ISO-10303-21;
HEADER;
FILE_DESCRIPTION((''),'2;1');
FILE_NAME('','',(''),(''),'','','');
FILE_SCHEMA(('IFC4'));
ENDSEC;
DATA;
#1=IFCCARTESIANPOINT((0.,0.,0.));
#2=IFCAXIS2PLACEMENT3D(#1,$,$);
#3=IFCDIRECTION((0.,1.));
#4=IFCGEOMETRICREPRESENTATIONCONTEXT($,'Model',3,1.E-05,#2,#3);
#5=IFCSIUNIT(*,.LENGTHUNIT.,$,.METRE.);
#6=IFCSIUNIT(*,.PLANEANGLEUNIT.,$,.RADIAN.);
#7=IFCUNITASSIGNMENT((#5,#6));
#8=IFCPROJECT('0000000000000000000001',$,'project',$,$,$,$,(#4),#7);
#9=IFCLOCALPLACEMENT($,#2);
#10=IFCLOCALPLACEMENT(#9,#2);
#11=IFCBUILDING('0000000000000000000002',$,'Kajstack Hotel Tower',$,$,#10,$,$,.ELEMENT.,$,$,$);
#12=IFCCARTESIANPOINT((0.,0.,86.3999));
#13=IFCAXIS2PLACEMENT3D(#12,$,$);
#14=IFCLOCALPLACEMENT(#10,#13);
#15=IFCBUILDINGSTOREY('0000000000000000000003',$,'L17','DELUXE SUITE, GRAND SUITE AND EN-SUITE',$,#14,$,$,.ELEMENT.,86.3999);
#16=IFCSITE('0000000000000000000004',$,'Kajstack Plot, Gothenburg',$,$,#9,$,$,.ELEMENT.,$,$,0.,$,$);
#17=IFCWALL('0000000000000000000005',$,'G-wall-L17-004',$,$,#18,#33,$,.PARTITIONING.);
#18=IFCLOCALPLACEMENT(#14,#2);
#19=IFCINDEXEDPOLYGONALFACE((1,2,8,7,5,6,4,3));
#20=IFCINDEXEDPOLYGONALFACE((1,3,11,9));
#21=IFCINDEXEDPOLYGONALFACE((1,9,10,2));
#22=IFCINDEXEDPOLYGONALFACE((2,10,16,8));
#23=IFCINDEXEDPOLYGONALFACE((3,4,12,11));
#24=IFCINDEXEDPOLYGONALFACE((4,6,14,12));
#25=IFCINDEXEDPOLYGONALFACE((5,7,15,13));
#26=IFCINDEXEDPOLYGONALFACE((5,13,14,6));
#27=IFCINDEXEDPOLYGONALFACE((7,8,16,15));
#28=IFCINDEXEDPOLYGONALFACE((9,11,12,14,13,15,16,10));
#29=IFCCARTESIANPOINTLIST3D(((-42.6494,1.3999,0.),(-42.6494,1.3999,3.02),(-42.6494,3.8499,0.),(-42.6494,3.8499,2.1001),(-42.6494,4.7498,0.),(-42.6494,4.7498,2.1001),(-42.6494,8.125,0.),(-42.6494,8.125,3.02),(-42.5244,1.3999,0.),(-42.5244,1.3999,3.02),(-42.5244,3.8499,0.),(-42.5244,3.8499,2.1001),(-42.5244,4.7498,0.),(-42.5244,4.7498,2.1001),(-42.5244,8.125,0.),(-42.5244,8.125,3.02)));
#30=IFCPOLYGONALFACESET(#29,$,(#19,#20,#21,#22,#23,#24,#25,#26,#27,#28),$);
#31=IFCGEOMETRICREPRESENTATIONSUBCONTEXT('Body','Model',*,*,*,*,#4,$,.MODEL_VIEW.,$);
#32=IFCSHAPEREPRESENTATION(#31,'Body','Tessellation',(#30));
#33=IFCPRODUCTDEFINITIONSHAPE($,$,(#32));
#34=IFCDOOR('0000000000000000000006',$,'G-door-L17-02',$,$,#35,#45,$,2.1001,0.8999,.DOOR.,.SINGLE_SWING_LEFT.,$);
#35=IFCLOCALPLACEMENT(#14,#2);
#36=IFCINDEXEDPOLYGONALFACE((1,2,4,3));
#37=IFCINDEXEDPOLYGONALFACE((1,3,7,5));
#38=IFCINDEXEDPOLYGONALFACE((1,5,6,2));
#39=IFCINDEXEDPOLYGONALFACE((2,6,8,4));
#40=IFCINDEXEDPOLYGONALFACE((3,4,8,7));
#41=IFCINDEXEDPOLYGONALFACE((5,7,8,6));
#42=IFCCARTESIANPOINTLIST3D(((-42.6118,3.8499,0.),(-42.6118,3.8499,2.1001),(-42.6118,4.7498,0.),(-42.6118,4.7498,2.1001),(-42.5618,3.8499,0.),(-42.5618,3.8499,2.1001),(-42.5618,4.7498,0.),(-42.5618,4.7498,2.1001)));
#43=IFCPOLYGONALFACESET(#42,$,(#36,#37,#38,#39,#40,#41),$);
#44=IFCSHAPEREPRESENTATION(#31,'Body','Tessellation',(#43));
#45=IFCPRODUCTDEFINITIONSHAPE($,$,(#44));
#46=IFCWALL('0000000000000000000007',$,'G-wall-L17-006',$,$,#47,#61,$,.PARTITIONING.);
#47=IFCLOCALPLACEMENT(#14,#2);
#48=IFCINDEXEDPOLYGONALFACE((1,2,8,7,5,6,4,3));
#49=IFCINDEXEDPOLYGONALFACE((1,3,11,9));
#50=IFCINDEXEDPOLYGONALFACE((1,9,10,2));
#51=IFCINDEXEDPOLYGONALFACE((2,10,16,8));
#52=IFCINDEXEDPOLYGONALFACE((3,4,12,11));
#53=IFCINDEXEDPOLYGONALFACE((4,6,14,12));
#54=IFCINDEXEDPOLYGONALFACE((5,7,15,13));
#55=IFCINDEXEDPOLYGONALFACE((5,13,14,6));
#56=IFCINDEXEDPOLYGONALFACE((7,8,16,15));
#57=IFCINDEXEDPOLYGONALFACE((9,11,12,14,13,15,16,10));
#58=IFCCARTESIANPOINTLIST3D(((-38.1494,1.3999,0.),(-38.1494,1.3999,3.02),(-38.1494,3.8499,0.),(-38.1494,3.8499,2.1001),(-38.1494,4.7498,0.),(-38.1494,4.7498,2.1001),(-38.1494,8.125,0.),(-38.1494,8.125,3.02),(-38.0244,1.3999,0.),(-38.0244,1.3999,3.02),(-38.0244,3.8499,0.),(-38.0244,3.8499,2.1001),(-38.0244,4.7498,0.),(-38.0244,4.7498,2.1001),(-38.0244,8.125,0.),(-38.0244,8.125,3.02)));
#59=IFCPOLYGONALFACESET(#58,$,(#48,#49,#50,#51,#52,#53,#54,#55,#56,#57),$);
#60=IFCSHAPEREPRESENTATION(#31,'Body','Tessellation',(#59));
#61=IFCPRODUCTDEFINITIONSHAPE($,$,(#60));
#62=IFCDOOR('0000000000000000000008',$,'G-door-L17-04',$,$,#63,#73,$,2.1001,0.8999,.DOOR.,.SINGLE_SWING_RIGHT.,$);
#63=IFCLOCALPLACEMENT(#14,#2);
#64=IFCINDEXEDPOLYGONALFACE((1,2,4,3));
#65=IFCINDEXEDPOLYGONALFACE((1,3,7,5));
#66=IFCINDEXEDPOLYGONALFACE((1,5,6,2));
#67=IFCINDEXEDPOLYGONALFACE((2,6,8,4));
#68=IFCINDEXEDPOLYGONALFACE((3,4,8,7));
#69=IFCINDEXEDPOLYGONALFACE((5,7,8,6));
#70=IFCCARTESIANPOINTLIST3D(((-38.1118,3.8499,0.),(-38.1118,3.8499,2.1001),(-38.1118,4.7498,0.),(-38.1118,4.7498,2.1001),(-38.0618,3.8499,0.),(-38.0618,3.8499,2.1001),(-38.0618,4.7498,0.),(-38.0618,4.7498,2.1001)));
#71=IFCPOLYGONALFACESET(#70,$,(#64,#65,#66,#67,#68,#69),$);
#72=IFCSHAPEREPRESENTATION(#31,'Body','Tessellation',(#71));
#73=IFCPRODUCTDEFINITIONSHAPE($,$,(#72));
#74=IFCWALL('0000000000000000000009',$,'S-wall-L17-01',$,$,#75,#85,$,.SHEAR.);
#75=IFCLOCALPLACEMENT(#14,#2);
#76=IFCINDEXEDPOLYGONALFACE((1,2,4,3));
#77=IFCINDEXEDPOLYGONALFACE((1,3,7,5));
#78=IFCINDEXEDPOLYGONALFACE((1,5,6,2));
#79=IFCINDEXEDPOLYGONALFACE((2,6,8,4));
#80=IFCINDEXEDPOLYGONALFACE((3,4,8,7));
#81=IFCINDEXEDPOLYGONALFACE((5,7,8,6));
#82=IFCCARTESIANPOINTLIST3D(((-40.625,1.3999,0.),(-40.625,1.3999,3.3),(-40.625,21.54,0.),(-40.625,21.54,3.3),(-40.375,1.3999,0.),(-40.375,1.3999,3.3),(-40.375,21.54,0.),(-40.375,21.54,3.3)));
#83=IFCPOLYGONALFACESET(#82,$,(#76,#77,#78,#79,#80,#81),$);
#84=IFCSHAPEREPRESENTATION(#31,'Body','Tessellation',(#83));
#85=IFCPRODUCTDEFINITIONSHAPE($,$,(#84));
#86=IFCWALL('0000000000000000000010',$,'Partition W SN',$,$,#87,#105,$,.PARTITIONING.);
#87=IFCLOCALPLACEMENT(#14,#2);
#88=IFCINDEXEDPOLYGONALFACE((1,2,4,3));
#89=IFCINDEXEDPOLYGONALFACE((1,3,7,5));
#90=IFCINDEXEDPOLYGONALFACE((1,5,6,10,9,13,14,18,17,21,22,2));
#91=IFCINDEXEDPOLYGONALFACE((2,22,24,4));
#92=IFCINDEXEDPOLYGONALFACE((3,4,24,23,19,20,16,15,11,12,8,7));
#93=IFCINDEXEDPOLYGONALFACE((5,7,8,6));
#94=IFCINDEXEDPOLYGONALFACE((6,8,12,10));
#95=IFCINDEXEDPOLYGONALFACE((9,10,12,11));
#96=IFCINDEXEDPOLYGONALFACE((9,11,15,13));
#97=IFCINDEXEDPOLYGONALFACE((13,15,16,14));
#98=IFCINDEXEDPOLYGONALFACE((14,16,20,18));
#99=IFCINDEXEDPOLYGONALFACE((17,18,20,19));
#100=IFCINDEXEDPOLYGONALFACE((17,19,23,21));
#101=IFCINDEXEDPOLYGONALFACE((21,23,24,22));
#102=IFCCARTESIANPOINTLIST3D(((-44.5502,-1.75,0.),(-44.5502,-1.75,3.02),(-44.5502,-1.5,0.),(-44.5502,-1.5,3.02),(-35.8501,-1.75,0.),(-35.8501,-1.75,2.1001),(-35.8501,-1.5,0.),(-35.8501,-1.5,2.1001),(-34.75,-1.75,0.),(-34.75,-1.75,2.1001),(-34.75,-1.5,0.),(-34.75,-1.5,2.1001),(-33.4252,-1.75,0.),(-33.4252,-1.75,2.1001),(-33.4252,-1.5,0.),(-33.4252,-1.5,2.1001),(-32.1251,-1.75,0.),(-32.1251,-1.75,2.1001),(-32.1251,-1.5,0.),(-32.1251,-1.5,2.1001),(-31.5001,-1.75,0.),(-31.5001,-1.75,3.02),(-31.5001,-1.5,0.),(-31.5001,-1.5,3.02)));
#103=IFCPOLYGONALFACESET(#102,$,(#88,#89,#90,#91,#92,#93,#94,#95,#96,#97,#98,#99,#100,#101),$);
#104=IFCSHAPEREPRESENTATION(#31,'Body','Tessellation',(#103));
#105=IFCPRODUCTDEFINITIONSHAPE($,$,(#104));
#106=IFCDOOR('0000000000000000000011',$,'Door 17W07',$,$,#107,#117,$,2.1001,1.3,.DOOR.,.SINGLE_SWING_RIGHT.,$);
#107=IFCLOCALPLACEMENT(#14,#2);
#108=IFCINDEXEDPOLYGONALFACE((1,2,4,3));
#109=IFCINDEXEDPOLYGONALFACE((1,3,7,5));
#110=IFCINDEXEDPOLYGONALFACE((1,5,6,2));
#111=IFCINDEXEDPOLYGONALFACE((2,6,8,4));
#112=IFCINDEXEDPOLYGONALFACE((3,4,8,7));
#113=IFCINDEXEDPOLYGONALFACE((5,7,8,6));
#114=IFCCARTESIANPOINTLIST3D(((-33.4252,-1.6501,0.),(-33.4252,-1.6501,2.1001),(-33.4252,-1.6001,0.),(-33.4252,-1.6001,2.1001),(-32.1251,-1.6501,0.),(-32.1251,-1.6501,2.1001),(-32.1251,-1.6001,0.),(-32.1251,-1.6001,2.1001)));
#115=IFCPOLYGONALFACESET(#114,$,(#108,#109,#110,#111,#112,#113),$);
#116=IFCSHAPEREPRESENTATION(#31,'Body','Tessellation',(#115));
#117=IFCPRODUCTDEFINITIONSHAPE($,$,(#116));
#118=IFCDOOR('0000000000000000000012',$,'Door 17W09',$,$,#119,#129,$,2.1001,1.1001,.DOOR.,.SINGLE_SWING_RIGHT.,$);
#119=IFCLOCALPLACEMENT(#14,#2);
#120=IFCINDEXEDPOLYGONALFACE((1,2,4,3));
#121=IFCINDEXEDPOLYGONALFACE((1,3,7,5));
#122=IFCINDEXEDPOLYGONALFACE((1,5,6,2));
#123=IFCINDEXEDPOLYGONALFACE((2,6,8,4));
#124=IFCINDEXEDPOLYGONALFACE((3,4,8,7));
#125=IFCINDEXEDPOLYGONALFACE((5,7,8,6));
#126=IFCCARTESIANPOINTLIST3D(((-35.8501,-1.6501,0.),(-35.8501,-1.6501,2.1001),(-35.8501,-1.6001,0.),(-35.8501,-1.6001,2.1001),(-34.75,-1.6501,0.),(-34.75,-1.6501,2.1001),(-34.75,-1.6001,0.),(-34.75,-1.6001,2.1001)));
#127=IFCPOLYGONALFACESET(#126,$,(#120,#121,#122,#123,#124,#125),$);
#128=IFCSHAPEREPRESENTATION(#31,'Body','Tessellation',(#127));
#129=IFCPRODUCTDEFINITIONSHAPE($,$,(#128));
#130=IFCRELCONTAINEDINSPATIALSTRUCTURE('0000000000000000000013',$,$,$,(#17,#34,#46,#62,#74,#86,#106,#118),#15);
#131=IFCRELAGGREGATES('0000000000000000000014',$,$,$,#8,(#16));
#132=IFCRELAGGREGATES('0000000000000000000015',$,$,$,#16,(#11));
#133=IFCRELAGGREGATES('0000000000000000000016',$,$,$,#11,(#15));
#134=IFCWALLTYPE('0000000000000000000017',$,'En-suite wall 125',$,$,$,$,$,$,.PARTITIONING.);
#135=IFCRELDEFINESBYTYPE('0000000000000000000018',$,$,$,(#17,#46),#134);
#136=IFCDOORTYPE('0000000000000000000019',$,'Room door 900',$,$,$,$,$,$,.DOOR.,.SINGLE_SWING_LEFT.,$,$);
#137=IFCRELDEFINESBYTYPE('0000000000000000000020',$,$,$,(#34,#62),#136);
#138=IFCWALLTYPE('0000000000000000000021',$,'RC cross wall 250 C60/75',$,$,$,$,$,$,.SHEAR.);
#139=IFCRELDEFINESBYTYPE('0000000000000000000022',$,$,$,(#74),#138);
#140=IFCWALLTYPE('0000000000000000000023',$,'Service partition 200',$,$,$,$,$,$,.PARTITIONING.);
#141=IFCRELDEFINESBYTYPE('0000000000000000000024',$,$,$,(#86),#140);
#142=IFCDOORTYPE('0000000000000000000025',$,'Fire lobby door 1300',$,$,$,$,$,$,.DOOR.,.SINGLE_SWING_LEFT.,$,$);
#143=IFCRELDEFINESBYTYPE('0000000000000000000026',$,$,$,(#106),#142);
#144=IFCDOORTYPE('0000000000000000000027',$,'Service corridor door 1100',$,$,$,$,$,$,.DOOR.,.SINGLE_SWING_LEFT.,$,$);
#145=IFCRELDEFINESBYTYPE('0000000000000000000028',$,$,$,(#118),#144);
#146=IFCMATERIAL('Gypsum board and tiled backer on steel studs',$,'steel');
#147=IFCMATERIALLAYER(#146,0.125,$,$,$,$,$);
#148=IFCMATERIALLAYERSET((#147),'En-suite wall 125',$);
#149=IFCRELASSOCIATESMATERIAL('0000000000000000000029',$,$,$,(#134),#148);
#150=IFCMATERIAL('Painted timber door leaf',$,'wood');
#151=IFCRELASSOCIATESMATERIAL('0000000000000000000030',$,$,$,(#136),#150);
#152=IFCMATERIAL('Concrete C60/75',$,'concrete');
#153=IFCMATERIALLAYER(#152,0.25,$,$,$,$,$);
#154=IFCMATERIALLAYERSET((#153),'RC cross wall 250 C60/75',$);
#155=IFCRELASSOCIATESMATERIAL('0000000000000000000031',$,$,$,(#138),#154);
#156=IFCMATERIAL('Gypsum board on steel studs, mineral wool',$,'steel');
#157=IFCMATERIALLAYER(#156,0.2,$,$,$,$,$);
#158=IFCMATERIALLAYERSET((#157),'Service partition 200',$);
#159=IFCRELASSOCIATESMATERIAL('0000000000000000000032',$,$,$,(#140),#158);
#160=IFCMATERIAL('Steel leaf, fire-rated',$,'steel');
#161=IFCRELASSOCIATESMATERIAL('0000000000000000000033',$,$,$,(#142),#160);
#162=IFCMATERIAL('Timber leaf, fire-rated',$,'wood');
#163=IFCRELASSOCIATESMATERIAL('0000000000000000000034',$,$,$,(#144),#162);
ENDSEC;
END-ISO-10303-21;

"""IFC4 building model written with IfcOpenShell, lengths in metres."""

from ifc_helpers import new_model, si_unit, direction, frame, frame_2d, origin, place, context, subcontext, project, spatial, rectangle, extrude, material, layer, layer_set, type_object, element, fill, save


model = new_model("IFC4")

# Units and contexts
model_context = context("Model", 3, precision=1e-05, world=origin(), true_north=direction((0.0, 1.0)))
body_context = subcontext(model_context, "Body", "Model", "MODEL_VIEW")
ifc_project = project(units=[si_unit("LENGTHUNIT", "METRE"), si_unit("PLANEANGLEUNIT", "RADIAN")], contexts=[model_context])

# Site, building, storey
site_placement = place(None, origin())
site = spatial("IfcSite", under=ifc_project, at=site_placement, Name="Kajstack Plot, Gothenburg", CompositionType="ELEMENT", RefElevation=0.0)
building_placement = place(site_placement, origin())
building = spatial("IfcBuilding", under=site, at=building_placement, Name="Kajstack Hotel Tower", CompositionType="ELEMENT")
storey_placement = place(building_placement, frame((0.0, 0.0, 86.3999)))
storey = spatial("IfcBuildingStorey", under=building, at=storey_placement, Name="L17", Description="DELUXE SUITE, GRAND SUITE AND EN-SUITE", CompositionType="ELEMENT", Elevation=86.3999)

# Shared definitions
ifc_material_1 = material(Name="Gypsum board on steel studs, mineral wool", Category="steel")

# Walls, openings, doors
ifc_material_2 = material(Name="Gypsum board and tiled backer on steel studs", Category="steel")
ifc_layer_1 = layer(ifc_material_2, 0.125)
ifc_layer_set_1 = layer_set([ifc_layer_1], Name="En-suite wall 125")
wall_type_1 = type_object("IfcWallType", Name="En-suite wall 125", PredefinedType="PARTITIONING", material=ifc_layer_set_1)
wall_1_placement = place(storey_placement, frame((-42.5869, 1.3999, 0.0), z_axis=(0.0, 0.0, 1.0), x_axis=(0.0, 1.0, 0.0)))
wall_1 = element("IfcWall", 1, at=wall_1_placement, inside=storey, type_object=wall_type_1, Name="G-wall-L17-004", PredefinedType="PARTITIONING", context=body_context, shape_type="SweptSolid", body=[
    extrude(rectangle(XDim=6.7251, YDim=0.125, at=frame_2d((3.3625, 0.0))), origin(), (0.0, 0.0, 1.0), 3.02),
])
opening_1_placement = place(wall_1_placement, frame((2.45, 0.0, 0.0)))
opening_1 = element("IfcOpeningElement", 2, at=opening_1_placement, cuts=wall_1, PredefinedType="OPENING", context=body_context, shape_type="SweptSolid", body=[
    extrude(rectangle(XDim=0.8999, YDim=2.1001, at=frame_2d((0.45, 1.05))), frame((0.0, 0.0725, 0.0), z_axis=(0.0, -1.0, 0.0), x_axis=(1.0, 0.0, 0.0)), (0.0, 0.0, 1.0), 0.145),
])
ifc_material_3 = material(Name="Painted timber door leaf", Category="wood")
door_type_1 = type_object("IfcDoorType", Name="Room door 900", OperationType="SINGLE_SWING_LEFT", PredefinedType="DOOR", material=ifc_material_3)
door_1_placement = place(opening_1_placement, origin())
door_1 = element("IfcDoor", 3, at=door_1_placement, inside=storey, type_object=door_type_1, Name="G-door-L17-02", OperationType="SINGLE_SWING_LEFT", OverallHeight=2.1001, OverallWidth=0.8999, PredefinedType="DOOR", context=body_context, shape_type="SweptSolid", body=[
    extrude(rectangle(XDim=0.8999, YDim=2.1001, at=frame_2d((0.45, 1.05))), frame((0.0, 0.0249, 0.0), z_axis=(0.0, -1.0, 0.0), x_axis=(1.0, 0.0, 0.0)), (0.0, 0.0, 1.0), 0.05),
])
fill(opening_1, door_1)
wall_2_placement = place(storey_placement, frame((-38.0869, 1.3999, 0.0), z_axis=(0.0, 0.0, 1.0), x_axis=(0.0, 1.0, 0.0)))
wall_2 = element("IfcWall", 4, at=wall_2_placement, inside=storey, type_object=wall_type_1, Name="G-wall-L17-006", PredefinedType="PARTITIONING", context=body_context, shape_type="SweptSolid", body=[
    extrude(rectangle(XDim=6.7251, YDim=0.125, at=frame_2d((3.3625, 0.0))), origin(), (0.0, 0.0, 1.0), 3.02),
])
opening_2_placement = place(wall_2_placement, frame((2.45, 0.0, 0.0)))
opening_2 = element("IfcOpeningElement", 5, at=opening_2_placement, cuts=wall_2, PredefinedType="OPENING", context=body_context, shape_type="SweptSolid", body=[
    extrude(rectangle(XDim=0.8999, YDim=2.1001, at=frame_2d((0.45, 1.05))), frame((0.0, 0.0725, 0.0), z_axis=(0.0, -1.0, 0.0), x_axis=(1.0, 0.0, 0.0)), (0.0, 0.0, 1.0), 0.145),
])
door_2_placement = place(opening_2_placement, origin())
door_2 = element("IfcDoor", 6, at=door_2_placement, inside=storey, type_object=door_type_1, Name="G-door-L17-04", OperationType="SINGLE_SWING_RIGHT", OverallHeight=2.1001, OverallWidth=0.8999, PredefinedType="DOOR", context=body_context, shape_type="SweptSolid", body=[
    extrude(rectangle(XDim=0.8999, YDim=2.1001, at=frame_2d((0.45, 1.05))), frame((0.0, 0.0249, 0.0), z_axis=(0.0, -1.0, 0.0), x_axis=(1.0, 0.0, 0.0)), (0.0, 0.0, 1.0), 0.05),
])
fill(opening_2, door_2)

# Wall
ifc_material_4 = material(Name="Concrete C60/75", Category="concrete")
ifc_layer_2 = layer(ifc_material_4, 0.25)
ifc_layer_set_2 = layer_set([ifc_layer_2], Name="RC cross wall 250 C60/75")
wall_type_2 = type_object("IfcWallType", Name="RC cross wall 250 C60/75", PredefinedType="SHEAR", material=ifc_layer_set_2)
wall_3_placement = place(storey_placement, frame((-40.5, 1.3999, 0.0), z_axis=(0.0, 0.0, 1.0), x_axis=(0.0, 1.0, 0.0)))
element("IfcWall", 7, at=wall_3_placement, inside=storey, type_object=wall_type_2, Name="S-wall-L17-01", PredefinedType="SHEAR", context=body_context, shape_type="SweptSolid", body=[
    extrude(rectangle(XDim=20.1401, YDim=0.25, at=frame_2d((10.0701, 0.0))), origin(), (0.0, 0.0, 1.0), 3.3),
])

# Wall, openings, doors
ifc_layer_3 = layer(ifc_material_1, 0.2)
ifc_layer_set_3 = layer_set([ifc_layer_3], Name="Service partition 200")
wall_type_3 = type_object("IfcWallType", Name="Service partition 200", PredefinedType="PARTITIONING", material=ifc_layer_set_3)
wall_4_placement = place(storey_placement, frame((-44.55, -1.625, 0.0), z_axis=(0.0, 0.0, 1.0), x_axis=(1.0, 0.0, 0.0)))
wall_4 = element("IfcWall", 8, at=wall_4_placement, inside=storey, type_object=wall_type_3, Name="Partition W SN", PredefinedType="PARTITIONING", context=body_context, shape_type="SweptSolid", body=[
    extrude(rectangle(XDim=13.05, YDim=0.25, at=frame_2d((6.5249, 0.0))), origin(), (0.0, 0.0, 1.0), 3.02),
])
opening_3_placement = place(wall_4_placement, frame((11.125, 0.0, 0.0)))
opening_3 = element("IfcOpeningElement", 9, at=opening_3_placement, cuts=wall_4, PredefinedType="OPENING", context=body_context, shape_type="SweptSolid", body=[
    extrude(rectangle(XDim=1.3, YDim=2.1001, at=frame_2d((0.6499, 1.05))), frame((0.0, 0.135, 0.0), z_axis=(0.0, -1.0, 0.0), x_axis=(1.0, 0.0, 0.0)), (0.0, 0.0, 1.0), 0.27),
])
opening_4_placement = place(wall_4_placement, frame((8.7, 0.0, 0.0)))
opening_4 = element("IfcOpeningElement", 10, at=opening_4_placement, cuts=wall_4, PredefinedType="OPENING", context=body_context, shape_type="SweptSolid", body=[
    extrude(rectangle(XDim=1.1001, YDim=2.1001, at=frame_2d((0.55, 1.05))), frame((0.0, 0.135, 0.0), z_axis=(0.0, -1.0, 0.0), x_axis=(1.0, 0.0, 0.0)), (0.0, 0.0, 1.0), 0.27),
])
ifc_material_5 = material(Name="Steel leaf, fire-rated", Category="steel")
door_type_2 = type_object("IfcDoorType", Name="Fire lobby door 1300", OperationType="SINGLE_SWING_LEFT", PredefinedType="DOOR", material=ifc_material_5)
door_3_placement = place(opening_3_placement, origin())
door_3 = element("IfcDoor", 11, at=door_3_placement, inside=storey, type_object=door_type_2, Name="Door 17W07", OperationType="SINGLE_SWING_RIGHT", OverallHeight=2.1001, OverallWidth=1.3, PredefinedType="DOOR", context=body_context, shape_type="SweptSolid", body=[
    extrude(rectangle(XDim=1.3, YDim=2.1001, at=frame_2d((0.6499, 1.05))), frame((0.0, 0.0249, 0.0), z_axis=(0.0, -1.0, 0.0), x_axis=(1.0, 0.0, 0.0)), (0.0, 0.0, 1.0), 0.05),
])
fill(opening_3, door_3)
ifc_material_6 = material(Name="Timber leaf, fire-rated", Category="wood")
door_type_3 = type_object("IfcDoorType", Name="Service corridor door 1100", OperationType="SINGLE_SWING_LEFT", PredefinedType="DOOR", material=ifc_material_6)
door_4_placement = place(opening_4_placement, origin())
door_4 = element("IfcDoor", 12, at=door_4_placement, inside=storey, type_object=door_type_3, Name="Door 17W09", OperationType="SINGLE_SWING_RIGHT", OverallHeight=2.1001, OverallWidth=1.1001, PredefinedType="DOOR", context=body_context, shape_type="SweptSolid", body=[
    extrude(rectangle(XDim=1.1001, YDim=2.1001, at=frame_2d((0.55, 1.05))), frame((0.0, 0.0249, 0.0), z_axis=(0.0, -1.0, 0.0), x_axis=(1.0, 0.0, 0.0)), (0.0, 0.0, 1.0), 0.05),
])
fill(opening_4, door_4)

save(model, "model.ifc")
